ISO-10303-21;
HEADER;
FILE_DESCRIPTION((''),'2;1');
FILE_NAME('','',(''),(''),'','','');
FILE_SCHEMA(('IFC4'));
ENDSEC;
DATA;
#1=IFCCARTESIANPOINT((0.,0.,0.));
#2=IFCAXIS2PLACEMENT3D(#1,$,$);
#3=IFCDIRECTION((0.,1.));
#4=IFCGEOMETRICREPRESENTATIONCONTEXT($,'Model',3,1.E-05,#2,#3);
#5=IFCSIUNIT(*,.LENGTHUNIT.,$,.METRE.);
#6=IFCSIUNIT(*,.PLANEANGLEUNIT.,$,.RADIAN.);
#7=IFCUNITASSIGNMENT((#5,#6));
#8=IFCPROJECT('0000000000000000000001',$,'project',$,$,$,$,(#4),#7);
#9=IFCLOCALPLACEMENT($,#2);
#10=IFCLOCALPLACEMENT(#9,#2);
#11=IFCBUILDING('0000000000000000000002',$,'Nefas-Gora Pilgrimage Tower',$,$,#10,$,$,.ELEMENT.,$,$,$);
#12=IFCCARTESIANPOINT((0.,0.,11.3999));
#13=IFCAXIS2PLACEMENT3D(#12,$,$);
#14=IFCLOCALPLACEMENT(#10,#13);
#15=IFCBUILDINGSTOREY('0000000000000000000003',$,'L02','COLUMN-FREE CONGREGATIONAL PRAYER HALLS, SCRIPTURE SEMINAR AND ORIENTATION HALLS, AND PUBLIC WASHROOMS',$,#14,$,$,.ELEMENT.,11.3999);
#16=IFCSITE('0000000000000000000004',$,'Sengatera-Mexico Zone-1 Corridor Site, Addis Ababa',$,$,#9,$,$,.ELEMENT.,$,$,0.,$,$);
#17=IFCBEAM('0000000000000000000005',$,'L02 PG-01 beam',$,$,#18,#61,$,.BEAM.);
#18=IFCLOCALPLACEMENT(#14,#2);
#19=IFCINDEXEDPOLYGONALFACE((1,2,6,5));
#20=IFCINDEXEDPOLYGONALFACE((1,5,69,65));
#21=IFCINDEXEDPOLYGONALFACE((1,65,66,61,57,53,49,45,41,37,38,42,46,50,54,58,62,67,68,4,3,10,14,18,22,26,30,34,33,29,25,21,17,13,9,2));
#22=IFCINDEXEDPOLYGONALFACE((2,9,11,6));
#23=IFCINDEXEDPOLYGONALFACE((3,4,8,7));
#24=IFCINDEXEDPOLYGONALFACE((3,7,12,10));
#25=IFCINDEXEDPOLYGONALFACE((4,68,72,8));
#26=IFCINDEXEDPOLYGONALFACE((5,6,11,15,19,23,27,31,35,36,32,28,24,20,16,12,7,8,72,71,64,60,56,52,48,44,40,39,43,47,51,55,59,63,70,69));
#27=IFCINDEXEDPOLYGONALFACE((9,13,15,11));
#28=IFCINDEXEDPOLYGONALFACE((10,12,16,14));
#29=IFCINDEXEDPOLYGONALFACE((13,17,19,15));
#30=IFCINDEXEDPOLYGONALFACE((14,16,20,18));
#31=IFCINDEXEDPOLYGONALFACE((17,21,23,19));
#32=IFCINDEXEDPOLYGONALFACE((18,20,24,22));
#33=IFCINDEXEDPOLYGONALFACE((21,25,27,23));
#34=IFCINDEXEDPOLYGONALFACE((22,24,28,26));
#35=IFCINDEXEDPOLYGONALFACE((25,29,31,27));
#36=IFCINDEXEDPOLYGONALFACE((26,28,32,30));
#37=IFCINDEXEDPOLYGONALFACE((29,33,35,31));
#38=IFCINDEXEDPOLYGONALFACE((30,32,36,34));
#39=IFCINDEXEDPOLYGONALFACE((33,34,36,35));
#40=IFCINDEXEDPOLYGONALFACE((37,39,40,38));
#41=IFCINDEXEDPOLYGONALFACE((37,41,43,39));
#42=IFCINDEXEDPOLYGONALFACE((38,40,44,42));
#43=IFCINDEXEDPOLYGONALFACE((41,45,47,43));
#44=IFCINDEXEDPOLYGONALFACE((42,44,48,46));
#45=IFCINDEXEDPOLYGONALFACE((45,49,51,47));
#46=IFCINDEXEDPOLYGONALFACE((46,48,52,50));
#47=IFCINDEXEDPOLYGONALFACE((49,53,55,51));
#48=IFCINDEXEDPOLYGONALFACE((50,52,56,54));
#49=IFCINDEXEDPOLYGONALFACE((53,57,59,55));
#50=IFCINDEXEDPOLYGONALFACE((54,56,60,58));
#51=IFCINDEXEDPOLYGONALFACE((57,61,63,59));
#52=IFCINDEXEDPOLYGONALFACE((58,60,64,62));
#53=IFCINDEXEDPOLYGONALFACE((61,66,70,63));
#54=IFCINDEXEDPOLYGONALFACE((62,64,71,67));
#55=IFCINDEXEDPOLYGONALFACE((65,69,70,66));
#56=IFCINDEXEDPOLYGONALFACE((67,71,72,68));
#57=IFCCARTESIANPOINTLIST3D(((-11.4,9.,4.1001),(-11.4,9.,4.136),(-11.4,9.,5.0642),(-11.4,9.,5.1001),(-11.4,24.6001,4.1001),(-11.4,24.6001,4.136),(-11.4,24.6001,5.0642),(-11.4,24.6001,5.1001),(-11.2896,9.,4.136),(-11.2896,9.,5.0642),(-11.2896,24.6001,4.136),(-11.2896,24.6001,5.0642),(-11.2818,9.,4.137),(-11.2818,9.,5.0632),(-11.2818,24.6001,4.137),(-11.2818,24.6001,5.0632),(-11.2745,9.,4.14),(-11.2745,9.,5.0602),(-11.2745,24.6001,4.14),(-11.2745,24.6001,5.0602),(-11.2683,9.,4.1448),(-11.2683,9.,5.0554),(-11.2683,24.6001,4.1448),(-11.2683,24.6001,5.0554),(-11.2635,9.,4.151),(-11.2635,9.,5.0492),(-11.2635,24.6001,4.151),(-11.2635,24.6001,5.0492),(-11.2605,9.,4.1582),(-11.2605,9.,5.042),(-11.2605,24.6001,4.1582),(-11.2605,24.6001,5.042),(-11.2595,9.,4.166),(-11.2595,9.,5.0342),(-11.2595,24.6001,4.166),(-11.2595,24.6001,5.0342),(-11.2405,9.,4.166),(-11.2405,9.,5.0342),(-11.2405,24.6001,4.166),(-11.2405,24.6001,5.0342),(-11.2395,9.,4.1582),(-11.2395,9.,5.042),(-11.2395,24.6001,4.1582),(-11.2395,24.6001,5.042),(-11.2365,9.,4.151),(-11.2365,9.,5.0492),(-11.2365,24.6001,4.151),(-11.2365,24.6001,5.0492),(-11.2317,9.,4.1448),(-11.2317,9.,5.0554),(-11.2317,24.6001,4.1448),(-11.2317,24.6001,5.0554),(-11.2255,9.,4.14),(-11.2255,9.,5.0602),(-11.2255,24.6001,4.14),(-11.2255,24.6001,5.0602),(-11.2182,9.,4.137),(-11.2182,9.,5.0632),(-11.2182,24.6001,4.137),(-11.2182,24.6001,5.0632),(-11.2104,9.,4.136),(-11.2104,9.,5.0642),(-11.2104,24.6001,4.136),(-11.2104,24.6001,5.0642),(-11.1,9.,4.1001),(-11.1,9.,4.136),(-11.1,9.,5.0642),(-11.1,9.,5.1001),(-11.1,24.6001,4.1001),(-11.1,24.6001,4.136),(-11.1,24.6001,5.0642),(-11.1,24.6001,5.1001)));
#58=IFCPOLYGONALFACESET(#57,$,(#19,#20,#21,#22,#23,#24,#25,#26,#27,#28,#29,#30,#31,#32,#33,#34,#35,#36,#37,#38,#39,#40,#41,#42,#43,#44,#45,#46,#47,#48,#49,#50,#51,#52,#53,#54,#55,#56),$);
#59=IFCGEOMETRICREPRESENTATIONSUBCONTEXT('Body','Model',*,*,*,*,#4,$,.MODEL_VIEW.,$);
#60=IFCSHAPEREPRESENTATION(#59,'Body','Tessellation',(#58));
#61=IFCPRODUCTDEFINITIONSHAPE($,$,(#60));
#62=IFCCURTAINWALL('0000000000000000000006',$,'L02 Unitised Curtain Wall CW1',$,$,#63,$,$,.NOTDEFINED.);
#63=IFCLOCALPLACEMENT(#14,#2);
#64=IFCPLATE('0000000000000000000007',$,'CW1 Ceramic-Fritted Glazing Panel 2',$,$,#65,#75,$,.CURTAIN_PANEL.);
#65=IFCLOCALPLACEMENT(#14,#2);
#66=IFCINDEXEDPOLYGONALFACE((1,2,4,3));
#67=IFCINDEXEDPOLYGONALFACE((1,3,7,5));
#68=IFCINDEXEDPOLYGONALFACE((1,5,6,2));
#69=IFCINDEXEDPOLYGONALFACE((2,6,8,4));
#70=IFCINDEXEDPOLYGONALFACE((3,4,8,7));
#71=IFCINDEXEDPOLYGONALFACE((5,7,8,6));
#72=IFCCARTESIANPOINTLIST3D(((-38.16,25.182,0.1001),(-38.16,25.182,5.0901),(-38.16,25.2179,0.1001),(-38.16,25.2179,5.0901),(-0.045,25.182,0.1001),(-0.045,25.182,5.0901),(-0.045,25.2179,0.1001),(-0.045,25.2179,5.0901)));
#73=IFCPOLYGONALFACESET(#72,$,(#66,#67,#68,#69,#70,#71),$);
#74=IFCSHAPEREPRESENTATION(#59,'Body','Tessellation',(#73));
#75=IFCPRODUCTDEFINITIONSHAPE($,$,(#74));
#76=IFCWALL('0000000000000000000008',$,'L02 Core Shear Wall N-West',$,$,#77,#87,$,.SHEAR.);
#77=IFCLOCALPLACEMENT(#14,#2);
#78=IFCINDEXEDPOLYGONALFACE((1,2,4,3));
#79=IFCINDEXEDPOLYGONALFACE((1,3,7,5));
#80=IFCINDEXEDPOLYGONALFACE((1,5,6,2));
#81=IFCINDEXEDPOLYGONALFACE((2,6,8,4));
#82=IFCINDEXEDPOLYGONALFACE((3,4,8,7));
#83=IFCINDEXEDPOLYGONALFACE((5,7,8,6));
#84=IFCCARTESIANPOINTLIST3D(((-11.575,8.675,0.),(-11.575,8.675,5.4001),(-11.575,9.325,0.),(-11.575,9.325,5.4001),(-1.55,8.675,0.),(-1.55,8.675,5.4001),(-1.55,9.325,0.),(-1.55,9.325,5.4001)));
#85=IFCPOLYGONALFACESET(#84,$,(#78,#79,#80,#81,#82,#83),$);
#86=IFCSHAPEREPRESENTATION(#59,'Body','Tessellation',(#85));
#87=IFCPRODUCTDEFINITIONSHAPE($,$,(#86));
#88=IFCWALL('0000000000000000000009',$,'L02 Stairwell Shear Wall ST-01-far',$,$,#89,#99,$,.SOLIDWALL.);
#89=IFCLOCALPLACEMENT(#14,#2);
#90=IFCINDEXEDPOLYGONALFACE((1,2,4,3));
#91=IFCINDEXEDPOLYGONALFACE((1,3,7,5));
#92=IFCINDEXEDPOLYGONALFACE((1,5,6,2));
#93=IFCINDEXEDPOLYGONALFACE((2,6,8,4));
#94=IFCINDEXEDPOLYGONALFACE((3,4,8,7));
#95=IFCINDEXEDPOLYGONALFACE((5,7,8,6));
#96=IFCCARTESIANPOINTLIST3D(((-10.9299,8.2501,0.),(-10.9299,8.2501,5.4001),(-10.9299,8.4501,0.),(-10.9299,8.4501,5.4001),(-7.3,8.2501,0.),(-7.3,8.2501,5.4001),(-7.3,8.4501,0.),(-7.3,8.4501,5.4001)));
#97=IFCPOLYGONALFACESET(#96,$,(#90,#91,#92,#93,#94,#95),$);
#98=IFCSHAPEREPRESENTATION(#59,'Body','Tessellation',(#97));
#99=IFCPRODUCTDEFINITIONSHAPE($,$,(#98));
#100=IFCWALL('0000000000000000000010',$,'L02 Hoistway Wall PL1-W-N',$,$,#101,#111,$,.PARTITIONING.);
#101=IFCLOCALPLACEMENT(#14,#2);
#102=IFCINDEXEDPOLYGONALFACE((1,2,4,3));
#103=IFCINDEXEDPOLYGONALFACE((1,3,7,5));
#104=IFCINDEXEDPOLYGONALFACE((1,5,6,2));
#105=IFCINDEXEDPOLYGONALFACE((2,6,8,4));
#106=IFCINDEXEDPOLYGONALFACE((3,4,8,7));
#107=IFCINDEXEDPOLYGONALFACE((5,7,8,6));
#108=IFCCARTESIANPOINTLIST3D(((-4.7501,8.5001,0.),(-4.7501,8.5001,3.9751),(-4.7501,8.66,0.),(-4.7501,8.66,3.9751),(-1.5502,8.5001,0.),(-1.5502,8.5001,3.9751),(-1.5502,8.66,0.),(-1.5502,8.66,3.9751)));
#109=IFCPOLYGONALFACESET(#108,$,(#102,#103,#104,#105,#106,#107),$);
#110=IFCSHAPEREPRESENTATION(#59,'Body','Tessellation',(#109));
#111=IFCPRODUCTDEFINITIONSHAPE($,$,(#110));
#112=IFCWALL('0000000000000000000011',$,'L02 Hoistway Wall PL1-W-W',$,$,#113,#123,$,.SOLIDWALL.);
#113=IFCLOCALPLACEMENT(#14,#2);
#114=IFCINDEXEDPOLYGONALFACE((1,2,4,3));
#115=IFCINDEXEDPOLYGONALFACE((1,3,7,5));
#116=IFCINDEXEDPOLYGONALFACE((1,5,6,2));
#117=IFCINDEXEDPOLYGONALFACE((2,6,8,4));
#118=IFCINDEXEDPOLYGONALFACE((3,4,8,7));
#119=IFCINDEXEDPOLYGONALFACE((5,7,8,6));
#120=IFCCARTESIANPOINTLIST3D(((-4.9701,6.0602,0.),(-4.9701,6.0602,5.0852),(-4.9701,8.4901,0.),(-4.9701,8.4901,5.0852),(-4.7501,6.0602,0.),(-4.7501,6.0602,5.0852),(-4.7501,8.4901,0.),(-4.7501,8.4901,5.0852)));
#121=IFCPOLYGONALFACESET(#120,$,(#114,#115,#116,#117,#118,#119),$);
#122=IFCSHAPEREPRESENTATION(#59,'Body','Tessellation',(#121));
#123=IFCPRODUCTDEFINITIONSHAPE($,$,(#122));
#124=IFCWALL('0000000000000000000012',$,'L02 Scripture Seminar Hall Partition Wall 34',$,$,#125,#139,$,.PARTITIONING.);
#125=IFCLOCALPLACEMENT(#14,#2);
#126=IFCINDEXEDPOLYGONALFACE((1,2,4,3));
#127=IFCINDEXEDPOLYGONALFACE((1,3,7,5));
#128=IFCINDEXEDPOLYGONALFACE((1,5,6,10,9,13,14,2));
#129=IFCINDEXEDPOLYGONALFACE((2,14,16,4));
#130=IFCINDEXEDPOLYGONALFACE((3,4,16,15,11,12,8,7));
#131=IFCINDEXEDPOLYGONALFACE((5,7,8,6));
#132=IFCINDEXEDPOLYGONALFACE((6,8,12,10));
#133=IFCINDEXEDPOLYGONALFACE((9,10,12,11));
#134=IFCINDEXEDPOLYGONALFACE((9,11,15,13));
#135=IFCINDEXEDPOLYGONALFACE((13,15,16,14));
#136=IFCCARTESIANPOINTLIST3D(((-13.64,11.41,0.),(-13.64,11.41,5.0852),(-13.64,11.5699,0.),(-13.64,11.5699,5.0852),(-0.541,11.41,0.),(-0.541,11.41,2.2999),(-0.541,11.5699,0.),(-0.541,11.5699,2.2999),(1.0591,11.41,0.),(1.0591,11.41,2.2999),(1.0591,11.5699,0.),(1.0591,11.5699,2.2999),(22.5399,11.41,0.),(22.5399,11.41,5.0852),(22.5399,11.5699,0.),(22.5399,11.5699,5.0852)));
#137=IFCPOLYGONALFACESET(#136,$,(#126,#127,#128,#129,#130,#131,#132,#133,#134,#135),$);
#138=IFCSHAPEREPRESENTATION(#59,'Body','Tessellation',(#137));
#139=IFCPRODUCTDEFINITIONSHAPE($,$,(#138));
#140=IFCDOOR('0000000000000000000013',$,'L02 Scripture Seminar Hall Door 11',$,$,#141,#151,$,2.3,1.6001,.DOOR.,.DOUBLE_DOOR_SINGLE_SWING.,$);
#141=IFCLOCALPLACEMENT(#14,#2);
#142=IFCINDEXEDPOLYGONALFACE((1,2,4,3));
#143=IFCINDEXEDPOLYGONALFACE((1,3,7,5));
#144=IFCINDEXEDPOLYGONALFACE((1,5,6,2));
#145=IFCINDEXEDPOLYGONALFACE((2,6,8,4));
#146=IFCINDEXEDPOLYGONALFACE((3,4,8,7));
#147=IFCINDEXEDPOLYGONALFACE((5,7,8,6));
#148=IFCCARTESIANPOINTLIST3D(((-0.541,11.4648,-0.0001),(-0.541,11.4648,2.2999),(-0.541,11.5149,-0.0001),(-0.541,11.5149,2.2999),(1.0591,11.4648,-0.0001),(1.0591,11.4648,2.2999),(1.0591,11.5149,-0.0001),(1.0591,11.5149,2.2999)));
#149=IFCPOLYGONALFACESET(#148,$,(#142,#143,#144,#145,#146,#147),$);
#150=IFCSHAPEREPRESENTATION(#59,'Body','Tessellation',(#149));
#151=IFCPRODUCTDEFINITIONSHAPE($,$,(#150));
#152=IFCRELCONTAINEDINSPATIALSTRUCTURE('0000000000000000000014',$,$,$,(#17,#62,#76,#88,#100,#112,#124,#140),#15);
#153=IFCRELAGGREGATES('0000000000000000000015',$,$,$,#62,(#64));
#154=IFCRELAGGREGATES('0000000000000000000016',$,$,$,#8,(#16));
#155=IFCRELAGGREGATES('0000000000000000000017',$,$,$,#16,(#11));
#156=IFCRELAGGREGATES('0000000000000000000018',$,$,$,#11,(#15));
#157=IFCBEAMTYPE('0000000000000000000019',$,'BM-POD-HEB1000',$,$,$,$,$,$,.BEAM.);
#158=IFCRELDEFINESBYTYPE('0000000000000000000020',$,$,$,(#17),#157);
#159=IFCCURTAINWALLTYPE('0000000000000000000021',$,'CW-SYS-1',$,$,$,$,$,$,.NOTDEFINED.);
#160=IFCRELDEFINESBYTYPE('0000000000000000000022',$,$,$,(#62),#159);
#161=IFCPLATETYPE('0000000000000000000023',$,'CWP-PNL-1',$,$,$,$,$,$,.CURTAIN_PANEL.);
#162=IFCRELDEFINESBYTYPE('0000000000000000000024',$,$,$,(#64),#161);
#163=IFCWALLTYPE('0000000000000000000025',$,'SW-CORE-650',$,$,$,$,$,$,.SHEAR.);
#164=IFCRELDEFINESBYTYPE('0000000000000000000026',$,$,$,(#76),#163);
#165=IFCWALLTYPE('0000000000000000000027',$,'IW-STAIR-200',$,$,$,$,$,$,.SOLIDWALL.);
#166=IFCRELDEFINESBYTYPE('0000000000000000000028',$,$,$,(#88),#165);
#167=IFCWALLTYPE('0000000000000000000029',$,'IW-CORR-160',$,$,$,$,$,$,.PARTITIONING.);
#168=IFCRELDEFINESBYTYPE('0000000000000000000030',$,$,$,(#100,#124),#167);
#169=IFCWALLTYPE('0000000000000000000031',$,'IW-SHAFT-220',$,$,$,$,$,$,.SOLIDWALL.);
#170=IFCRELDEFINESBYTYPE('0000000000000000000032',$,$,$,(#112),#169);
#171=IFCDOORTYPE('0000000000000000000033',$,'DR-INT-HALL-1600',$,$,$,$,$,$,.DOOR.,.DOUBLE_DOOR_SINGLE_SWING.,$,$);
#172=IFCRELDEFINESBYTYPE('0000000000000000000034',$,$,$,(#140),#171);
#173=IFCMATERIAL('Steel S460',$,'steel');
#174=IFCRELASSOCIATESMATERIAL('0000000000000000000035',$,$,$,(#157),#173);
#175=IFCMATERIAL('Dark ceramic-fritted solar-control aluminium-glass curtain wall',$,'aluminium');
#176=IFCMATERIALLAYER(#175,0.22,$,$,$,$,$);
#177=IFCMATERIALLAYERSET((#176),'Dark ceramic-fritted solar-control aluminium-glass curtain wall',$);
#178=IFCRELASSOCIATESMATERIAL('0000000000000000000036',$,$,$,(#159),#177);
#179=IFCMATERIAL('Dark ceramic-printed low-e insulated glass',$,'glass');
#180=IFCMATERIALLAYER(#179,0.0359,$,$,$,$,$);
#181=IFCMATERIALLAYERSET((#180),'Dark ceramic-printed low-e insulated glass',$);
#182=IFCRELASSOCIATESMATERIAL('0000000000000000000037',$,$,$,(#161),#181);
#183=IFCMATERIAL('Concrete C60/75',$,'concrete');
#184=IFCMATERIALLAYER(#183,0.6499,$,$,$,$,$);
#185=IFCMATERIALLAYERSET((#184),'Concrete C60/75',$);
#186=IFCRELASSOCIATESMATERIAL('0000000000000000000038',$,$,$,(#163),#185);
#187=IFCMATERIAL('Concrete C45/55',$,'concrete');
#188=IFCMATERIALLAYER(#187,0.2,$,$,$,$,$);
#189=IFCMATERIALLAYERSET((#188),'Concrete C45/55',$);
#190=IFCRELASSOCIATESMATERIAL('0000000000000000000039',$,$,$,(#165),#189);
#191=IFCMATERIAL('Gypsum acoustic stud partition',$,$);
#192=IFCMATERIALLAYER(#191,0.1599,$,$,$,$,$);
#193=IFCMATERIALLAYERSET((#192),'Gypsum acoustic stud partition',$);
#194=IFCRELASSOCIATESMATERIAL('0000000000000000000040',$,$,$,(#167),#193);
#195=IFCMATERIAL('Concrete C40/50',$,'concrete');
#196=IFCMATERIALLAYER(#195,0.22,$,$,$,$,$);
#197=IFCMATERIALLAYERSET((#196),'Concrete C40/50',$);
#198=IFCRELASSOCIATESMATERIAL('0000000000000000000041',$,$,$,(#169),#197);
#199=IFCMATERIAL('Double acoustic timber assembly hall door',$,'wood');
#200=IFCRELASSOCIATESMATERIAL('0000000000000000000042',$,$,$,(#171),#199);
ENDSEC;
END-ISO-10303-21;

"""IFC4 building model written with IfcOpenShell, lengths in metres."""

from ifc_helpers import new_model, si_unit, direction, frame, frame_2d, origin, origin_2d, place, context, subcontext, project, spatial, rectangle, i_section, extrude, source, transform, mapped, material, layer, layer_set, material_profile, profile_set, type_object, element, fill, aggregate, save


model = new_model("IFC4")

# Units and contexts
model_context = context("Model", 3, precision=1e-05, world=origin(), true_north=direction((0.0, 1.0)))
body_context = subcontext(model_context, "Body", "Model", "MODEL_VIEW")
ifc_project = project(units=[si_unit("LENGTHUNIT", "METRE"), si_unit("PLANEANGLEUNIT", "RADIAN")], contexts=[model_context])

# Site, building, storey
site_placement = place(None, origin())
site = spatial("IfcSite", under=ifc_project, at=site_placement, Name="Sengatera-Mexico Zone-1 Corridor Site, Addis Ababa", CompositionType="ELEMENT", RefElevation=0.0)
building_placement = place(site_placement, origin())
building = spatial("IfcBuilding", under=site, at=building_placement, Name="Nefas-Gora Pilgrimage Tower", CompositionType="ELEMENT")
storey_placement = place(building_placement, frame((0.0, 0.0, 11.3999)))
storey = spatial("IfcBuildingStorey", under=building, at=storey_placement, Name="L02", Description="COLUMN-FREE CONGREGATIONAL PRAYER HALLS, SCRIPTURE SEMINAR AND ORIENTATION HALLS, AND PUBLIC WASHROOMS", CompositionType="ELEMENT", Elevation=11.3999)

# Shared definitions
ifc_material_1 = material(Name="Steel S460", Category="steel")

# Beam
ifc_material_2 = material(Name="Concrete C60/75", Category="concrete")
ifc_material_profile_1 = material_profile(ifc_material_1, i_section(OverallWidth=0.3, OverallDepth=1.0, WebThickness=0.019, FlangeThickness=0.0359, FilletRadius=0.03, at=origin_2d()), Name="HEB 1000")
ifc_profile_set_1 = profile_set([ifc_material_profile_1], Name="Steel S460")
beam_type_1 = type_object("IfcBeamType", Name="BM-POD-HEB1000", PredefinedType="BEAM", material=ifc_profile_set_1)
shared_shape_1 = source(origin(), body_context, "Body", "SweptSolid", [
    extrude(i_section(OverallWidth=0.3, OverallDepth=1.0, WebThickness=0.019, FlangeThickness=0.0359, FilletRadius=0.03, at=origin_2d()), origin(), (0.0, 0.0, 1.0), 15.6001),
])
beam_1_placement = place(storey_placement, frame((-11.25, 9.0, 4.6001), z_axis=(0.0, 1.0, 0.0), x_axis=(-1.0, 0.0, 0.0)))
element("IfcBeam", 1, at=beam_1_placement, inside=storey, type_object=beam_type_1, Name="L02 PG-01 beam", PredefinedType="BEAM", context=body_context, shape_type="MappedRepresentation", body=[
    mapped(shared_shape_1, transform((0.0, 0.0, 0.0), x_axis=(1.0, 0.0, 0.0), y_axis=(0.0, 1.0, 0.0), z_axis=(0.0, 0.0, 1.0), scale=1.0)),
])

# Curtain wall, plate
ifc_material_3 = material(Name="Dark ceramic-fritted solar-control aluminium-glass curtain wall", Category="aluminium")
ifc_layer_1 = layer(ifc_material_3, 0.22)
ifc_layer_set_1 = layer_set([ifc_layer_1], Name="Dark ceramic-fritted solar-control aluminium-glass curtain wall")
curtain_wall_type = type_object("IfcCurtainWallType", Name="CW-SYS-1", PredefinedType="NOTDEFINED", material=ifc_layer_set_1)
curtain_wall_placement = place(storey_placement, origin())
curtain_wall = element("IfcCurtainWall", 2, at=curtain_wall_placement, inside=storey, type_object=curtain_wall_type, Name="L02 Unitised Curtain Wall CW1", PredefinedType="NOTDEFINED")
ifc_material_4 = material(Name="Dark ceramic-printed low-e insulated glass", Category="glass")
ifc_layer_2 = layer(ifc_material_4, 0.0359)
ifc_layer_set_2 = layer_set([ifc_layer_2], Name="Dark ceramic-printed low-e insulated glass")
plate_type = type_object("IfcPlateType", Name="CWP-PNL-1", PredefinedType="CURTAIN_PANEL", material=ifc_layer_set_2)
shared_shape_2 = source(origin(), body_context, "Body", "SweptSolid", [
    extrude(rectangle(XDim=38.115, YDim=0.0359, at=origin_2d()), origin(), (0.0, 0.0, 1.0), 4.99),
])
plate_placement = place(storey_placement, frame((-19.1025, 25.2, 0.1001), z_axis=(0.0, 0.0, 1.0), x_axis=(-1.0, 0.0, 0.0)))
plate = element("IfcPlate", 3, at=plate_placement, type_object=plate_type, Name="CW1 Ceramic-Fritted Glazing Panel 2", PredefinedType="CURTAIN_PANEL", context=body_context, shape_type="MappedRepresentation", body=[
    mapped(shared_shape_2, transform((0.0, 0.0, 0.0), x_axis=(1.0, 0.0, 0.0), y_axis=(0.0, 1.0, 0.0), z_axis=(0.0, 0.0, 1.0), scale=1.0)),
])
aggregate(curtain_wall, [plate])

# Walls
ifc_layer_3 = layer(ifc_material_2, 0.6499)
ifc_layer_set_3 = layer_set([ifc_layer_3], Name="Concrete C60/75")
wall_type_1 = type_object("IfcWallType", Name="SW-CORE-650", PredefinedType="SHEAR", material=ifc_layer_set_3)
shared_shape_3 = source(origin(), body_context, "Body", "SweptSolid", [
    extrude(rectangle(XDim=10.0249, YDim=0.6499, at=frame_2d((5.0125, 0.0))), origin(), (0.0, 0.0, 1.0), 5.4001),
])
wall_1_placement = place(storey_placement, frame((-11.575, 9.0, 0.0), z_axis=(0.0, 0.0, 1.0), x_axis=(1.0, 0.0, 0.0)))
element("IfcWall", 4, at=wall_1_placement, inside=storey, type_object=wall_type_1, Name="L02 Core Shear Wall N-West", PredefinedType="SHEAR", context=body_context, shape_type="MappedRepresentation", body=[
    mapped(shared_shape_3, transform((0.0, 0.0, 0.0), x_axis=(1.0, 0.0, 0.0), y_axis=(0.0, 1.0, 0.0), z_axis=(0.0, 0.0, 1.0), scale=1.0)),
])
ifc_material_5 = material(Name="Concrete C45/55", Category="concrete")
ifc_layer_4 = layer(ifc_material_5, 0.2)
ifc_layer_set_4 = layer_set([ifc_layer_4], Name="Concrete C45/55")
wall_type_2 = type_object("IfcWallType", Name="IW-STAIR-200", PredefinedType="SOLIDWALL", material=ifc_layer_set_4)
shared_shape_4 = source(origin(), body_context, "Body", "SweptSolid", [
    extrude(rectangle(XDim=3.6299, YDim=0.2, at=frame_2d((1.8149, 0.0))), origin(), (0.0, 0.0, 1.0), 5.4001),
])
wall_2_placement = place(storey_placement, frame((-7.3, 8.3501, 0.0), z_axis=(0.0, 0.0, 1.0), x_axis=(-1.0, 0.0, 0.0)))
element("IfcWall", 5, at=wall_2_placement, inside=storey, type_object=wall_type_2, Name="L02 Stairwell Shear Wall ST-01-far", PredefinedType="SOLIDWALL", context=body_context, shape_type="MappedRepresentation", body=[
    mapped(shared_shape_4, transform((0.0, 0.0, 0.0), x_axis=(1.0, 0.0, 0.0), y_axis=(0.0, 1.0, 0.0), z_axis=(0.0, 0.0, 1.0), scale=1.0)),
])
ifc_material_6 = material(Name="Gypsum acoustic stud partition")
ifc_layer_5 = layer(ifc_material_6, 0.1599)
ifc_layer_set_5 = layer_set([ifc_layer_5], Name="Gypsum acoustic stud partition")
wall_type_3 = type_object("IfcWallType", Name="IW-CORR-160", PredefinedType="PARTITIONING", material=ifc_layer_set_5)
shared_shape_5 = source(origin(), body_context, "Body", "SweptSolid", [
    extrude(rectangle(XDim=3.2, YDim=0.1599, at=frame_2d((1.6001, 0.0))), origin(), (0.0, 0.0, 1.0), 3.9751),
])
wall_3_placement = place(storey_placement, frame((-1.55, 8.5801, 0.0), z_axis=(0.0, 0.0, 1.0), x_axis=(-1.0, 0.0, 0.0)))
element("IfcWall", 6, at=wall_3_placement, inside=storey, type_object=wall_type_3, Name="L02 Hoistway Wall PL1-W-N", PredefinedType="PARTITIONING", context=body_context, shape_type="MappedRepresentation", body=[
    mapped(shared_shape_5, transform((0.0, 0.0, 0.0), x_axis=(1.0, 0.0, 0.0), y_axis=(0.0, 1.0, 0.0), z_axis=(0.0, 0.0, 1.0), scale=1.0)),
])
ifc_material_7 = material(Name="Concrete C40/50", Category="concrete")
ifc_layer_6 = layer(ifc_material_7, 0.22)
ifc_layer_set_6 = layer_set([ifc_layer_6], Name="Concrete C40/50")
wall_type_4 = type_object("IfcWallType", Name="IW-SHAFT-220", PredefinedType="SOLIDWALL", material=ifc_layer_set_6)
shared_shape_6 = source(origin(), body_context, "Body", "SweptSolid", [
    extrude(rectangle(XDim=2.4299, YDim=0.22, at=frame_2d((1.2148, 0.0))), origin(), (0.0, 0.0, 1.0), 5.0852),
])
wall_4_placement = place(storey_placement, frame((-4.8601, 8.49, 0.0), z_axis=(0.0, 0.0, 1.0), x_axis=(0.0, -1.0, 0.0)))
element("IfcWall", 7, at=wall_4_placement, inside=storey, type_object=wall_type_4, Name="L02 Hoistway Wall PL1-W-W", PredefinedType="SOLIDWALL", context=body_context, shape_type="MappedRepresentation", body=[
    mapped(shared_shape_6, transform((0.0, 0.0, 0.0), x_axis=(1.0, 0.0, 0.0), y_axis=(0.0, 1.0, 0.0), z_axis=(0.0, 0.0, 1.0), scale=1.0)),
])

# Wall, opening, door
shared_shape_7 = source(origin(), body_context, "Body", "SweptSolid", [
    extrude(rectangle(XDim=36.1799, YDim=0.1599, at=frame_2d((18.0898, 0.0))), origin(), (0.0, 0.0, 1.0), 5.0852),
])
wall_5_placement = place(storey_placement, frame((-13.6399, 11.49, 0.0), z_axis=(0.0, 0.0, 1.0), x_axis=(1.0, 0.0, 0.0)))
wall_5 = element("IfcWall", 8, at=wall_5_placement, inside=storey, type_object=wall_type_3, Name="L02 Scripture Seminar Hall Partition Wall 34", PredefinedType="PARTITIONING", context=body_context, shape_type="MappedRepresentation", body=[
    mapped(shared_shape_7, transform((0.0, 0.0, 0.0), x_axis=(1.0, 0.0, 0.0), y_axis=(0.0, 1.0, 0.0), z_axis=(0.0, 0.0, 1.0), scale=1.0)),
])
opening_placement = place(wall_5_placement, frame((13.0989, 0.0, 0.0)))
opening = element("IfcOpeningElement", 9, at=opening_placement, cuts=wall_5, PredefinedType="OPENING", context=body_context, shape_type="SweptSolid", body=[
    extrude(rectangle(XDim=1.6001, YDim=2.3, at=frame_2d((0.8, 1.1499))), frame((0.0, 0.0898, 0.0), z_axis=(0.0, -1.0, 0.0), x_axis=(1.0, 0.0, 0.0)), (0.0, 0.0, 1.0), 0.1799),
])
ifc_material_8 = material(Name="Double acoustic timber assembly hall door", Category="wood")
door_type = type_object("IfcDoorType", Name="DR-INT-HALL-1600", OperationType="DOUBLE_DOOR_SINGLE_SWING", PredefinedType="DOOR", material=ifc_material_8)
shared_shape_8 = source(origin(), body_context, "Body", "SweptSolid", [
    extrude(rectangle(XDim=1.6001, YDim=2.3, at=frame_2d((0.8, 1.1499))), frame((0.0, 0.0249, 0.0), z_axis=(0.0, -1.0, 0.0), x_axis=(1.0, 0.0, 0.0)), (0.0, 0.0, 1.0), 0.05),
])
door_placement = place(opening_placement, origin())
door = element("IfcDoor", 10, at=door_placement, inside=storey, type_object=door_type, Name="L02 Scripture Seminar Hall Door 11", OperationType="DOUBLE_DOOR_SINGLE_SWING", OverallHeight=2.3, OverallWidth=1.6001, PredefinedType="DOOR", context=body_context, shape_type="MappedRepresentation", body=[
    mapped(shared_shape_8, transform((0.0, 0.0, 0.0), x_axis=(1.0, 0.0, 0.0), y_axis=(0.0, 1.0, 0.0), z_axis=(0.0, 0.0, 1.0), scale=1.0)),
])
fill(opening, door)

save(model, "model.ifc")
